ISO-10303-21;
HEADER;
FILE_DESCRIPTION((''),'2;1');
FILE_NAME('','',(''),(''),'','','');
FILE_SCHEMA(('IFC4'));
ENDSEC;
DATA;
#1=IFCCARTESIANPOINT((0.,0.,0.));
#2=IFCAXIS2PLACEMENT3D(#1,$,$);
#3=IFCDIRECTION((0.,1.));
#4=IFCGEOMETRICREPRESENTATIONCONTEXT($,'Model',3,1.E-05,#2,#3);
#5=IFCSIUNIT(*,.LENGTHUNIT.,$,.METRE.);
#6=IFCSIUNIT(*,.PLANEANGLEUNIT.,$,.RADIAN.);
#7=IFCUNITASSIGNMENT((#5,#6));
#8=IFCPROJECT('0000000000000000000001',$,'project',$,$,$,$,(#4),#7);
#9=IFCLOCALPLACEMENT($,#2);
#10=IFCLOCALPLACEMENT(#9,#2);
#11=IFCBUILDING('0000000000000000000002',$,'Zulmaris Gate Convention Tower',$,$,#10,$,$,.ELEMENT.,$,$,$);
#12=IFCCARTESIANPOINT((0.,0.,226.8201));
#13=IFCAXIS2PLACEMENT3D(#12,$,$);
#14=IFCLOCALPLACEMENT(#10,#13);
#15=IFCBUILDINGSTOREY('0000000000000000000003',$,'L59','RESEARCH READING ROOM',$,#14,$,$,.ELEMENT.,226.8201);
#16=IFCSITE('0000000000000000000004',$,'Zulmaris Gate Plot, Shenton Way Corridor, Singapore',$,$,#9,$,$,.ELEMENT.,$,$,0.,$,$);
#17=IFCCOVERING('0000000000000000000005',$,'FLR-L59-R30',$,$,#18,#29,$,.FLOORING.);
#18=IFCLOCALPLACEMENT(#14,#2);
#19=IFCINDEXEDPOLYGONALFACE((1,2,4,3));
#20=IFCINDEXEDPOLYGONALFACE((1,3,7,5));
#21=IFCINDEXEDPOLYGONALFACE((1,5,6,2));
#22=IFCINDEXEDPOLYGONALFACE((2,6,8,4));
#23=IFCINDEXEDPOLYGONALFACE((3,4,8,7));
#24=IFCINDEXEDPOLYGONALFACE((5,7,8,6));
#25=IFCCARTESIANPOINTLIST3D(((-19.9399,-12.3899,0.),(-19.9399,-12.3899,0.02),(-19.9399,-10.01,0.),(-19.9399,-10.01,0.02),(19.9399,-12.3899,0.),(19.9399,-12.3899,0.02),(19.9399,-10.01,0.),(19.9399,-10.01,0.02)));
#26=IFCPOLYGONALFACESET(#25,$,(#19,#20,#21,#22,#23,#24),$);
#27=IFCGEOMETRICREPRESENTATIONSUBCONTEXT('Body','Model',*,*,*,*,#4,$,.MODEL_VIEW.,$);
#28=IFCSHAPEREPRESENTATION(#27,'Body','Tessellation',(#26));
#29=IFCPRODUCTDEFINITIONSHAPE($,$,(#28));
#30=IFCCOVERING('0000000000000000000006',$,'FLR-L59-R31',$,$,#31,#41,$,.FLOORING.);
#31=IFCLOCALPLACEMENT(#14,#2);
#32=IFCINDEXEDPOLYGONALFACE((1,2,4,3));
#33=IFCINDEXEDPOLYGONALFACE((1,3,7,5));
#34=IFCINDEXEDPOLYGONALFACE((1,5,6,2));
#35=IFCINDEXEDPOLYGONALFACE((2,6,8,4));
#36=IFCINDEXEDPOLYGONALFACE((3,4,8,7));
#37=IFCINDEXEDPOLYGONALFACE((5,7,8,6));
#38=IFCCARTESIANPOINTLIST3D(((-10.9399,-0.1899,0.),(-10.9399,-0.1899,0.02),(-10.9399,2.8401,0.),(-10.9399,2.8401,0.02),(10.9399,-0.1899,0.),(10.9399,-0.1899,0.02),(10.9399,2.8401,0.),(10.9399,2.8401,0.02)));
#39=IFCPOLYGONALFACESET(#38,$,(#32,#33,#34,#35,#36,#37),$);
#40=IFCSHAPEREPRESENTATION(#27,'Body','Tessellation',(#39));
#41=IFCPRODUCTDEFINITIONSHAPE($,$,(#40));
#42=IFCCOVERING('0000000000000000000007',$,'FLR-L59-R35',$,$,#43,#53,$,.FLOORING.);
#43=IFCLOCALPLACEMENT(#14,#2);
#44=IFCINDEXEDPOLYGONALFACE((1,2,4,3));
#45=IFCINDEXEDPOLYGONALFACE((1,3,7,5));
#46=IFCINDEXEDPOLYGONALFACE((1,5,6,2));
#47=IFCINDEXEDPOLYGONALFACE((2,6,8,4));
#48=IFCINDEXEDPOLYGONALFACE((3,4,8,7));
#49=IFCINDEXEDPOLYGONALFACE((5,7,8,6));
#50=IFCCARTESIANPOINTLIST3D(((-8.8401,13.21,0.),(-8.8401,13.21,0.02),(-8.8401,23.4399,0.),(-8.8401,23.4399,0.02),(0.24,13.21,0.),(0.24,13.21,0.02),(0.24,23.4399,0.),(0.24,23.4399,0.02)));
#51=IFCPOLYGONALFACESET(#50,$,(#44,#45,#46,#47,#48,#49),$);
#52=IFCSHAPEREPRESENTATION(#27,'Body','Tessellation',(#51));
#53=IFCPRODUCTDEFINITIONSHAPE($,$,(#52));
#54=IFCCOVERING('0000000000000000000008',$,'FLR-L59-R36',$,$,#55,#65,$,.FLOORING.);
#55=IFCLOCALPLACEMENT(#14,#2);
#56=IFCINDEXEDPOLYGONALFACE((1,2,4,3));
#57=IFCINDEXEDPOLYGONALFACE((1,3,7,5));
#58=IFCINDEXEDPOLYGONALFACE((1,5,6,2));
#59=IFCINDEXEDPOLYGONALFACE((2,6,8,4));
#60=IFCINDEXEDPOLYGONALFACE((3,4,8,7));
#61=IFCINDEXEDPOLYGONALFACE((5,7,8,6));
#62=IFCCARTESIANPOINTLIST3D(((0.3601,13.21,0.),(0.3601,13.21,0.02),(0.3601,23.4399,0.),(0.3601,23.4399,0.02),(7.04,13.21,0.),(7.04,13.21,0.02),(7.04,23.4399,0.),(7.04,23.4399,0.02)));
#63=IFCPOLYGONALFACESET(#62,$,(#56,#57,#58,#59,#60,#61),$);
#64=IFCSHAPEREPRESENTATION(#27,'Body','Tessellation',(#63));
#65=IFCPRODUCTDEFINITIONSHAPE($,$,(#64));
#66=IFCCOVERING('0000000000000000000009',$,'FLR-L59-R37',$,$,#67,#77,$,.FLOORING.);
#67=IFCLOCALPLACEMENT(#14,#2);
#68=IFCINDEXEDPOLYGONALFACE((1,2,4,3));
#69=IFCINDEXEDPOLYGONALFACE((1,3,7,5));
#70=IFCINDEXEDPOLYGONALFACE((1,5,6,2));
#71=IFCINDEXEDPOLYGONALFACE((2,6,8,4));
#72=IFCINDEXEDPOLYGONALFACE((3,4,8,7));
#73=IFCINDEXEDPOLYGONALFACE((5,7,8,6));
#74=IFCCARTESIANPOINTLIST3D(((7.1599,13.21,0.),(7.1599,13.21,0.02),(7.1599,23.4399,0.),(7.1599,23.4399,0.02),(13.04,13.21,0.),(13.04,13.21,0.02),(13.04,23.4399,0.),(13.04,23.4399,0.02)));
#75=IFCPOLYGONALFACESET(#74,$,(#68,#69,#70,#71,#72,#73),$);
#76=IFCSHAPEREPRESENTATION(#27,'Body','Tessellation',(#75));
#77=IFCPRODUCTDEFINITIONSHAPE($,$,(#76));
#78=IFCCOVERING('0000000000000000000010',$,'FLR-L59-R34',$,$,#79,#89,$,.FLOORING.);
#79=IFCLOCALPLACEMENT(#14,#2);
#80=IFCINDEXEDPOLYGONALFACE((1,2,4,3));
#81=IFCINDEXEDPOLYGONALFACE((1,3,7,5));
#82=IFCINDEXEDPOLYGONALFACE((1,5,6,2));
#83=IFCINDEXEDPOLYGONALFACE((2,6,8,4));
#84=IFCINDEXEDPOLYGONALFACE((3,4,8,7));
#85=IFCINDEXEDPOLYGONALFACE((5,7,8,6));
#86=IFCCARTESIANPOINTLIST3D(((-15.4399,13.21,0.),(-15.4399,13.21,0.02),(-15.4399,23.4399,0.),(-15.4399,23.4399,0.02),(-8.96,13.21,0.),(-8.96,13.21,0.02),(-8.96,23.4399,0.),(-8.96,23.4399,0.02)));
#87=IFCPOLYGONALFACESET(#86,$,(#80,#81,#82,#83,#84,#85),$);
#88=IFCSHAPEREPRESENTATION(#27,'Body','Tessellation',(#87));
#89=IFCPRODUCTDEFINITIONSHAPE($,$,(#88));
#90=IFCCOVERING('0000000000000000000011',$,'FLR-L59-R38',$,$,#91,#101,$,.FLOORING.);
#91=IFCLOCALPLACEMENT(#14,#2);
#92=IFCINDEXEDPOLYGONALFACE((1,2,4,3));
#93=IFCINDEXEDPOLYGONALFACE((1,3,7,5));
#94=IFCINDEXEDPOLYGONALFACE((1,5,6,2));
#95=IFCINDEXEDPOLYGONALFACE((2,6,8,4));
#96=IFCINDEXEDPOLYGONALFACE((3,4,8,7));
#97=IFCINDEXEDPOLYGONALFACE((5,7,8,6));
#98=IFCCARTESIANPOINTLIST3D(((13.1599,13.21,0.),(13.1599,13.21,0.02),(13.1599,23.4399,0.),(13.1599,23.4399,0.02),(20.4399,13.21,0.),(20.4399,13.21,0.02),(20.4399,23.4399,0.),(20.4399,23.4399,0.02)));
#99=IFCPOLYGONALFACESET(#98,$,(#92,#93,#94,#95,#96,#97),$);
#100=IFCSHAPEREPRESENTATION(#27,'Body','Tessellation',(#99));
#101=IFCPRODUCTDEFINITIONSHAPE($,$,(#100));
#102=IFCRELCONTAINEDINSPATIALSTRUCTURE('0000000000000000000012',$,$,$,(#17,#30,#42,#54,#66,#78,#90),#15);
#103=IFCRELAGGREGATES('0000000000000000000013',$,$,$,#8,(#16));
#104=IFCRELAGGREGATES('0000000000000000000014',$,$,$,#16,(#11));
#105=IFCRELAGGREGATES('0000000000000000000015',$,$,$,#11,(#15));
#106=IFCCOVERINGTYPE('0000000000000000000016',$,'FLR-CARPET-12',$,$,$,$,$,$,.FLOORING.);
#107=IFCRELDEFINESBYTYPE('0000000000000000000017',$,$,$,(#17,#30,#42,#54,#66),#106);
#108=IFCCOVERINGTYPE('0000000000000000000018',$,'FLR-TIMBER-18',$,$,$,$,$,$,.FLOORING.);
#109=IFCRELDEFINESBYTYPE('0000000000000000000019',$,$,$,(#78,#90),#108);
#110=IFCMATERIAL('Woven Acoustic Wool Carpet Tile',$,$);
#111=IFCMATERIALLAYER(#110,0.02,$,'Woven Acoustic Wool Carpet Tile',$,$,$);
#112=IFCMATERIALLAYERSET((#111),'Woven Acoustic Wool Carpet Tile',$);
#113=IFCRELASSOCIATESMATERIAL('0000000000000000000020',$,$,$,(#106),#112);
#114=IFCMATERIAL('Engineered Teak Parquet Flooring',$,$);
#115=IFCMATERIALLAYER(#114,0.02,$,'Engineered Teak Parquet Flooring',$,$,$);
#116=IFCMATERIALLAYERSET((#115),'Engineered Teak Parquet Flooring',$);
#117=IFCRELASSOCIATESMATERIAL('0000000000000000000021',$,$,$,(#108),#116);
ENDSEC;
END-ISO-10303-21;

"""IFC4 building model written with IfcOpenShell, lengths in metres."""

from ifc_helpers import new_model, si_unit, direction, frame, origin, place, context, subcontext, project, spatial, polyline, outline, extrude, material, layer, layer_set, type_object, element, save


model = new_model("IFC4")

# Units and contexts
model_context = context("Model", 3, precision=1e-05, world=origin(), true_north=direction((0.0, 1.0)))
body_context = subcontext(model_context, "Body", "Model", "MODEL_VIEW")
ifc_project = project(units=[si_unit("LENGTHUNIT", "METRE"), si_unit("PLANEANGLEUNIT", "RADIAN")], contexts=[model_context])

# Site, building, storey
site_placement = place(None, origin())
site = spatial("IfcSite", under=ifc_project, at=site_placement, Name="Zulmaris Gate Plot, Shenton Way Corridor, Singapore", CompositionType="ELEMENT", RefElevation=0.0)
building_placement = place(site_placement, origin())
building = spatial("IfcBuilding", under=site, at=building_placement, Name="Zulmaris Gate Convention Tower", CompositionType="ELEMENT")
storey_placement = place(building_placement, frame((0.0, 0.0, 226.8201)))
storey = spatial("IfcBuildingStorey", under=building, at=storey_placement, Name="L59", Description="RESEARCH READING ROOM", CompositionType="ELEMENT", Elevation=226.8201)

# Coverings
ifc_material_1 = material(Name="Woven Acoustic Wool Carpet Tile")
ifc_layer_1 = layer(ifc_material_1, 0.02, Name="Woven Acoustic Wool Carpet Tile")
ifc_layer_set_1 = layer_set([ifc_layer_1], Name="Woven Acoustic Wool Carpet Tile")
covering_type_1 = type_object("IfcCoveringType", Name="FLR-CARPET-12", PredefinedType="FLOORING", material=ifc_layer_set_1)
covering_1_placement = place(storey_placement, origin())
element("IfcCovering", 1, at=covering_1_placement, inside=storey, type_object=covering_type_1, Name="FLR-L59-R30", PredefinedType="FLOORING", context=body_context, shape_type="SweptSolid", body=[
    extrude(outline(polyline([(-19.9399, -12.3899), (19.9399, -12.3899), (19.9399, -10.01), (-19.9399, -10.01), (-19.9399, -12.3899)])), origin(), (0.0, 0.0, 1.0), 0.02),
])
covering_2_placement = place(storey_placement, origin())
element("IfcCovering", 2, at=covering_2_placement, inside=storey, type_object=covering_type_1, Name="FLR-L59-R31", PredefinedType="FLOORING", context=body_context, shape_type="SweptSolid", body=[
    extrude(outline(polyline([(-10.9399, -0.1899), (10.9399, -0.1899), (10.9399, 2.8401), (-10.9399, 2.8401), (-10.9399, -0.1899)])), origin(), (0.0, 0.0, 1.0), 0.02),
])
covering_3_placement = place(storey_placement, origin())
element("IfcCovering", 3, at=covering_3_placement, inside=storey, type_object=covering_type_1, Name="FLR-L59-R35", PredefinedType="FLOORING", context=body_context, shape_type="SweptSolid", body=[
    extrude(outline(polyline([(-8.8401, 13.21), (0.24, 13.21), (0.24, 23.4399), (-8.8401, 23.4399), (-8.8401, 13.21)])), origin(), (0.0, 0.0, 1.0), 0.02),
])
covering_4_placement = place(storey_placement, origin())
element("IfcCovering", 4, at=covering_4_placement, inside=storey, type_object=covering_type_1, Name="FLR-L59-R36", PredefinedType="FLOORING", context=body_context, shape_type="SweptSolid", body=[
    extrude(outline(polyline([(0.3601, 13.21), (7.04, 13.21), (7.04, 23.4399), (0.3601, 23.4399), (0.3601, 13.21)])), origin(), (0.0, 0.0, 1.0), 0.02),
])
covering_5_placement = place(storey_placement, origin())
element("IfcCovering", 5, at=covering_5_placement, inside=storey, type_object=covering_type_1, Name="FLR-L59-R37", PredefinedType="FLOORING", context=body_context, shape_type="SweptSolid", body=[
    extrude(outline(polyline([(7.1599, 13.21), (13.04, 13.21), (13.04, 23.4399), (7.1599, 23.4399), (7.1599, 13.21)])), origin(), (0.0, 0.0, 1.0), 0.02),
])
ifc_material_2 = material(Name="Engineered Teak Parquet Flooring")
ifc_layer_2 = layer(ifc_material_2, 0.02, Name="Engineered Teak Parquet Flooring")
ifc_layer_set_2 = layer_set([ifc_layer_2], Name="Engineered Teak Parquet Flooring")
covering_type_2 = type_object("IfcCoveringType", Name="FLR-TIMBER-18", PredefinedType="FLOORING", material=ifc_layer_set_2)
covering_6_placement = place(storey_placement, origin())
element("IfcCovering", 6, at=covering_6_placement, inside=storey, type_object=covering_type_2, Name="FLR-L59-R34", PredefinedType="FLOORING", context=body_context, shape_type="SweptSolid", body=[
    extrude(outline(polyline([(-15.4399, 13.21), (-8.96, 13.21), (-8.96, 23.4399), (-15.4399, 23.4399), (-15.4399, 13.21)])), origin(), (0.0, 0.0, 1.0), 0.02),
])
covering_7_placement = place(storey_placement, origin())
element("IfcCovering", 7, at=covering_7_placement, inside=storey, type_object=covering_type_2, Name="FLR-L59-R38", PredefinedType="FLOORING", context=body_context, shape_type="SweptSolid", body=[
    extrude(outline(polyline([(13.1599, 13.21), (20.4399, 13.21), (20.4399, 23.4399), (13.1599, 23.4399), (13.1599, 13.21)])), origin(), (0.0, 0.0, 1.0), 0.02),
])

save(model, "model.ifc")
